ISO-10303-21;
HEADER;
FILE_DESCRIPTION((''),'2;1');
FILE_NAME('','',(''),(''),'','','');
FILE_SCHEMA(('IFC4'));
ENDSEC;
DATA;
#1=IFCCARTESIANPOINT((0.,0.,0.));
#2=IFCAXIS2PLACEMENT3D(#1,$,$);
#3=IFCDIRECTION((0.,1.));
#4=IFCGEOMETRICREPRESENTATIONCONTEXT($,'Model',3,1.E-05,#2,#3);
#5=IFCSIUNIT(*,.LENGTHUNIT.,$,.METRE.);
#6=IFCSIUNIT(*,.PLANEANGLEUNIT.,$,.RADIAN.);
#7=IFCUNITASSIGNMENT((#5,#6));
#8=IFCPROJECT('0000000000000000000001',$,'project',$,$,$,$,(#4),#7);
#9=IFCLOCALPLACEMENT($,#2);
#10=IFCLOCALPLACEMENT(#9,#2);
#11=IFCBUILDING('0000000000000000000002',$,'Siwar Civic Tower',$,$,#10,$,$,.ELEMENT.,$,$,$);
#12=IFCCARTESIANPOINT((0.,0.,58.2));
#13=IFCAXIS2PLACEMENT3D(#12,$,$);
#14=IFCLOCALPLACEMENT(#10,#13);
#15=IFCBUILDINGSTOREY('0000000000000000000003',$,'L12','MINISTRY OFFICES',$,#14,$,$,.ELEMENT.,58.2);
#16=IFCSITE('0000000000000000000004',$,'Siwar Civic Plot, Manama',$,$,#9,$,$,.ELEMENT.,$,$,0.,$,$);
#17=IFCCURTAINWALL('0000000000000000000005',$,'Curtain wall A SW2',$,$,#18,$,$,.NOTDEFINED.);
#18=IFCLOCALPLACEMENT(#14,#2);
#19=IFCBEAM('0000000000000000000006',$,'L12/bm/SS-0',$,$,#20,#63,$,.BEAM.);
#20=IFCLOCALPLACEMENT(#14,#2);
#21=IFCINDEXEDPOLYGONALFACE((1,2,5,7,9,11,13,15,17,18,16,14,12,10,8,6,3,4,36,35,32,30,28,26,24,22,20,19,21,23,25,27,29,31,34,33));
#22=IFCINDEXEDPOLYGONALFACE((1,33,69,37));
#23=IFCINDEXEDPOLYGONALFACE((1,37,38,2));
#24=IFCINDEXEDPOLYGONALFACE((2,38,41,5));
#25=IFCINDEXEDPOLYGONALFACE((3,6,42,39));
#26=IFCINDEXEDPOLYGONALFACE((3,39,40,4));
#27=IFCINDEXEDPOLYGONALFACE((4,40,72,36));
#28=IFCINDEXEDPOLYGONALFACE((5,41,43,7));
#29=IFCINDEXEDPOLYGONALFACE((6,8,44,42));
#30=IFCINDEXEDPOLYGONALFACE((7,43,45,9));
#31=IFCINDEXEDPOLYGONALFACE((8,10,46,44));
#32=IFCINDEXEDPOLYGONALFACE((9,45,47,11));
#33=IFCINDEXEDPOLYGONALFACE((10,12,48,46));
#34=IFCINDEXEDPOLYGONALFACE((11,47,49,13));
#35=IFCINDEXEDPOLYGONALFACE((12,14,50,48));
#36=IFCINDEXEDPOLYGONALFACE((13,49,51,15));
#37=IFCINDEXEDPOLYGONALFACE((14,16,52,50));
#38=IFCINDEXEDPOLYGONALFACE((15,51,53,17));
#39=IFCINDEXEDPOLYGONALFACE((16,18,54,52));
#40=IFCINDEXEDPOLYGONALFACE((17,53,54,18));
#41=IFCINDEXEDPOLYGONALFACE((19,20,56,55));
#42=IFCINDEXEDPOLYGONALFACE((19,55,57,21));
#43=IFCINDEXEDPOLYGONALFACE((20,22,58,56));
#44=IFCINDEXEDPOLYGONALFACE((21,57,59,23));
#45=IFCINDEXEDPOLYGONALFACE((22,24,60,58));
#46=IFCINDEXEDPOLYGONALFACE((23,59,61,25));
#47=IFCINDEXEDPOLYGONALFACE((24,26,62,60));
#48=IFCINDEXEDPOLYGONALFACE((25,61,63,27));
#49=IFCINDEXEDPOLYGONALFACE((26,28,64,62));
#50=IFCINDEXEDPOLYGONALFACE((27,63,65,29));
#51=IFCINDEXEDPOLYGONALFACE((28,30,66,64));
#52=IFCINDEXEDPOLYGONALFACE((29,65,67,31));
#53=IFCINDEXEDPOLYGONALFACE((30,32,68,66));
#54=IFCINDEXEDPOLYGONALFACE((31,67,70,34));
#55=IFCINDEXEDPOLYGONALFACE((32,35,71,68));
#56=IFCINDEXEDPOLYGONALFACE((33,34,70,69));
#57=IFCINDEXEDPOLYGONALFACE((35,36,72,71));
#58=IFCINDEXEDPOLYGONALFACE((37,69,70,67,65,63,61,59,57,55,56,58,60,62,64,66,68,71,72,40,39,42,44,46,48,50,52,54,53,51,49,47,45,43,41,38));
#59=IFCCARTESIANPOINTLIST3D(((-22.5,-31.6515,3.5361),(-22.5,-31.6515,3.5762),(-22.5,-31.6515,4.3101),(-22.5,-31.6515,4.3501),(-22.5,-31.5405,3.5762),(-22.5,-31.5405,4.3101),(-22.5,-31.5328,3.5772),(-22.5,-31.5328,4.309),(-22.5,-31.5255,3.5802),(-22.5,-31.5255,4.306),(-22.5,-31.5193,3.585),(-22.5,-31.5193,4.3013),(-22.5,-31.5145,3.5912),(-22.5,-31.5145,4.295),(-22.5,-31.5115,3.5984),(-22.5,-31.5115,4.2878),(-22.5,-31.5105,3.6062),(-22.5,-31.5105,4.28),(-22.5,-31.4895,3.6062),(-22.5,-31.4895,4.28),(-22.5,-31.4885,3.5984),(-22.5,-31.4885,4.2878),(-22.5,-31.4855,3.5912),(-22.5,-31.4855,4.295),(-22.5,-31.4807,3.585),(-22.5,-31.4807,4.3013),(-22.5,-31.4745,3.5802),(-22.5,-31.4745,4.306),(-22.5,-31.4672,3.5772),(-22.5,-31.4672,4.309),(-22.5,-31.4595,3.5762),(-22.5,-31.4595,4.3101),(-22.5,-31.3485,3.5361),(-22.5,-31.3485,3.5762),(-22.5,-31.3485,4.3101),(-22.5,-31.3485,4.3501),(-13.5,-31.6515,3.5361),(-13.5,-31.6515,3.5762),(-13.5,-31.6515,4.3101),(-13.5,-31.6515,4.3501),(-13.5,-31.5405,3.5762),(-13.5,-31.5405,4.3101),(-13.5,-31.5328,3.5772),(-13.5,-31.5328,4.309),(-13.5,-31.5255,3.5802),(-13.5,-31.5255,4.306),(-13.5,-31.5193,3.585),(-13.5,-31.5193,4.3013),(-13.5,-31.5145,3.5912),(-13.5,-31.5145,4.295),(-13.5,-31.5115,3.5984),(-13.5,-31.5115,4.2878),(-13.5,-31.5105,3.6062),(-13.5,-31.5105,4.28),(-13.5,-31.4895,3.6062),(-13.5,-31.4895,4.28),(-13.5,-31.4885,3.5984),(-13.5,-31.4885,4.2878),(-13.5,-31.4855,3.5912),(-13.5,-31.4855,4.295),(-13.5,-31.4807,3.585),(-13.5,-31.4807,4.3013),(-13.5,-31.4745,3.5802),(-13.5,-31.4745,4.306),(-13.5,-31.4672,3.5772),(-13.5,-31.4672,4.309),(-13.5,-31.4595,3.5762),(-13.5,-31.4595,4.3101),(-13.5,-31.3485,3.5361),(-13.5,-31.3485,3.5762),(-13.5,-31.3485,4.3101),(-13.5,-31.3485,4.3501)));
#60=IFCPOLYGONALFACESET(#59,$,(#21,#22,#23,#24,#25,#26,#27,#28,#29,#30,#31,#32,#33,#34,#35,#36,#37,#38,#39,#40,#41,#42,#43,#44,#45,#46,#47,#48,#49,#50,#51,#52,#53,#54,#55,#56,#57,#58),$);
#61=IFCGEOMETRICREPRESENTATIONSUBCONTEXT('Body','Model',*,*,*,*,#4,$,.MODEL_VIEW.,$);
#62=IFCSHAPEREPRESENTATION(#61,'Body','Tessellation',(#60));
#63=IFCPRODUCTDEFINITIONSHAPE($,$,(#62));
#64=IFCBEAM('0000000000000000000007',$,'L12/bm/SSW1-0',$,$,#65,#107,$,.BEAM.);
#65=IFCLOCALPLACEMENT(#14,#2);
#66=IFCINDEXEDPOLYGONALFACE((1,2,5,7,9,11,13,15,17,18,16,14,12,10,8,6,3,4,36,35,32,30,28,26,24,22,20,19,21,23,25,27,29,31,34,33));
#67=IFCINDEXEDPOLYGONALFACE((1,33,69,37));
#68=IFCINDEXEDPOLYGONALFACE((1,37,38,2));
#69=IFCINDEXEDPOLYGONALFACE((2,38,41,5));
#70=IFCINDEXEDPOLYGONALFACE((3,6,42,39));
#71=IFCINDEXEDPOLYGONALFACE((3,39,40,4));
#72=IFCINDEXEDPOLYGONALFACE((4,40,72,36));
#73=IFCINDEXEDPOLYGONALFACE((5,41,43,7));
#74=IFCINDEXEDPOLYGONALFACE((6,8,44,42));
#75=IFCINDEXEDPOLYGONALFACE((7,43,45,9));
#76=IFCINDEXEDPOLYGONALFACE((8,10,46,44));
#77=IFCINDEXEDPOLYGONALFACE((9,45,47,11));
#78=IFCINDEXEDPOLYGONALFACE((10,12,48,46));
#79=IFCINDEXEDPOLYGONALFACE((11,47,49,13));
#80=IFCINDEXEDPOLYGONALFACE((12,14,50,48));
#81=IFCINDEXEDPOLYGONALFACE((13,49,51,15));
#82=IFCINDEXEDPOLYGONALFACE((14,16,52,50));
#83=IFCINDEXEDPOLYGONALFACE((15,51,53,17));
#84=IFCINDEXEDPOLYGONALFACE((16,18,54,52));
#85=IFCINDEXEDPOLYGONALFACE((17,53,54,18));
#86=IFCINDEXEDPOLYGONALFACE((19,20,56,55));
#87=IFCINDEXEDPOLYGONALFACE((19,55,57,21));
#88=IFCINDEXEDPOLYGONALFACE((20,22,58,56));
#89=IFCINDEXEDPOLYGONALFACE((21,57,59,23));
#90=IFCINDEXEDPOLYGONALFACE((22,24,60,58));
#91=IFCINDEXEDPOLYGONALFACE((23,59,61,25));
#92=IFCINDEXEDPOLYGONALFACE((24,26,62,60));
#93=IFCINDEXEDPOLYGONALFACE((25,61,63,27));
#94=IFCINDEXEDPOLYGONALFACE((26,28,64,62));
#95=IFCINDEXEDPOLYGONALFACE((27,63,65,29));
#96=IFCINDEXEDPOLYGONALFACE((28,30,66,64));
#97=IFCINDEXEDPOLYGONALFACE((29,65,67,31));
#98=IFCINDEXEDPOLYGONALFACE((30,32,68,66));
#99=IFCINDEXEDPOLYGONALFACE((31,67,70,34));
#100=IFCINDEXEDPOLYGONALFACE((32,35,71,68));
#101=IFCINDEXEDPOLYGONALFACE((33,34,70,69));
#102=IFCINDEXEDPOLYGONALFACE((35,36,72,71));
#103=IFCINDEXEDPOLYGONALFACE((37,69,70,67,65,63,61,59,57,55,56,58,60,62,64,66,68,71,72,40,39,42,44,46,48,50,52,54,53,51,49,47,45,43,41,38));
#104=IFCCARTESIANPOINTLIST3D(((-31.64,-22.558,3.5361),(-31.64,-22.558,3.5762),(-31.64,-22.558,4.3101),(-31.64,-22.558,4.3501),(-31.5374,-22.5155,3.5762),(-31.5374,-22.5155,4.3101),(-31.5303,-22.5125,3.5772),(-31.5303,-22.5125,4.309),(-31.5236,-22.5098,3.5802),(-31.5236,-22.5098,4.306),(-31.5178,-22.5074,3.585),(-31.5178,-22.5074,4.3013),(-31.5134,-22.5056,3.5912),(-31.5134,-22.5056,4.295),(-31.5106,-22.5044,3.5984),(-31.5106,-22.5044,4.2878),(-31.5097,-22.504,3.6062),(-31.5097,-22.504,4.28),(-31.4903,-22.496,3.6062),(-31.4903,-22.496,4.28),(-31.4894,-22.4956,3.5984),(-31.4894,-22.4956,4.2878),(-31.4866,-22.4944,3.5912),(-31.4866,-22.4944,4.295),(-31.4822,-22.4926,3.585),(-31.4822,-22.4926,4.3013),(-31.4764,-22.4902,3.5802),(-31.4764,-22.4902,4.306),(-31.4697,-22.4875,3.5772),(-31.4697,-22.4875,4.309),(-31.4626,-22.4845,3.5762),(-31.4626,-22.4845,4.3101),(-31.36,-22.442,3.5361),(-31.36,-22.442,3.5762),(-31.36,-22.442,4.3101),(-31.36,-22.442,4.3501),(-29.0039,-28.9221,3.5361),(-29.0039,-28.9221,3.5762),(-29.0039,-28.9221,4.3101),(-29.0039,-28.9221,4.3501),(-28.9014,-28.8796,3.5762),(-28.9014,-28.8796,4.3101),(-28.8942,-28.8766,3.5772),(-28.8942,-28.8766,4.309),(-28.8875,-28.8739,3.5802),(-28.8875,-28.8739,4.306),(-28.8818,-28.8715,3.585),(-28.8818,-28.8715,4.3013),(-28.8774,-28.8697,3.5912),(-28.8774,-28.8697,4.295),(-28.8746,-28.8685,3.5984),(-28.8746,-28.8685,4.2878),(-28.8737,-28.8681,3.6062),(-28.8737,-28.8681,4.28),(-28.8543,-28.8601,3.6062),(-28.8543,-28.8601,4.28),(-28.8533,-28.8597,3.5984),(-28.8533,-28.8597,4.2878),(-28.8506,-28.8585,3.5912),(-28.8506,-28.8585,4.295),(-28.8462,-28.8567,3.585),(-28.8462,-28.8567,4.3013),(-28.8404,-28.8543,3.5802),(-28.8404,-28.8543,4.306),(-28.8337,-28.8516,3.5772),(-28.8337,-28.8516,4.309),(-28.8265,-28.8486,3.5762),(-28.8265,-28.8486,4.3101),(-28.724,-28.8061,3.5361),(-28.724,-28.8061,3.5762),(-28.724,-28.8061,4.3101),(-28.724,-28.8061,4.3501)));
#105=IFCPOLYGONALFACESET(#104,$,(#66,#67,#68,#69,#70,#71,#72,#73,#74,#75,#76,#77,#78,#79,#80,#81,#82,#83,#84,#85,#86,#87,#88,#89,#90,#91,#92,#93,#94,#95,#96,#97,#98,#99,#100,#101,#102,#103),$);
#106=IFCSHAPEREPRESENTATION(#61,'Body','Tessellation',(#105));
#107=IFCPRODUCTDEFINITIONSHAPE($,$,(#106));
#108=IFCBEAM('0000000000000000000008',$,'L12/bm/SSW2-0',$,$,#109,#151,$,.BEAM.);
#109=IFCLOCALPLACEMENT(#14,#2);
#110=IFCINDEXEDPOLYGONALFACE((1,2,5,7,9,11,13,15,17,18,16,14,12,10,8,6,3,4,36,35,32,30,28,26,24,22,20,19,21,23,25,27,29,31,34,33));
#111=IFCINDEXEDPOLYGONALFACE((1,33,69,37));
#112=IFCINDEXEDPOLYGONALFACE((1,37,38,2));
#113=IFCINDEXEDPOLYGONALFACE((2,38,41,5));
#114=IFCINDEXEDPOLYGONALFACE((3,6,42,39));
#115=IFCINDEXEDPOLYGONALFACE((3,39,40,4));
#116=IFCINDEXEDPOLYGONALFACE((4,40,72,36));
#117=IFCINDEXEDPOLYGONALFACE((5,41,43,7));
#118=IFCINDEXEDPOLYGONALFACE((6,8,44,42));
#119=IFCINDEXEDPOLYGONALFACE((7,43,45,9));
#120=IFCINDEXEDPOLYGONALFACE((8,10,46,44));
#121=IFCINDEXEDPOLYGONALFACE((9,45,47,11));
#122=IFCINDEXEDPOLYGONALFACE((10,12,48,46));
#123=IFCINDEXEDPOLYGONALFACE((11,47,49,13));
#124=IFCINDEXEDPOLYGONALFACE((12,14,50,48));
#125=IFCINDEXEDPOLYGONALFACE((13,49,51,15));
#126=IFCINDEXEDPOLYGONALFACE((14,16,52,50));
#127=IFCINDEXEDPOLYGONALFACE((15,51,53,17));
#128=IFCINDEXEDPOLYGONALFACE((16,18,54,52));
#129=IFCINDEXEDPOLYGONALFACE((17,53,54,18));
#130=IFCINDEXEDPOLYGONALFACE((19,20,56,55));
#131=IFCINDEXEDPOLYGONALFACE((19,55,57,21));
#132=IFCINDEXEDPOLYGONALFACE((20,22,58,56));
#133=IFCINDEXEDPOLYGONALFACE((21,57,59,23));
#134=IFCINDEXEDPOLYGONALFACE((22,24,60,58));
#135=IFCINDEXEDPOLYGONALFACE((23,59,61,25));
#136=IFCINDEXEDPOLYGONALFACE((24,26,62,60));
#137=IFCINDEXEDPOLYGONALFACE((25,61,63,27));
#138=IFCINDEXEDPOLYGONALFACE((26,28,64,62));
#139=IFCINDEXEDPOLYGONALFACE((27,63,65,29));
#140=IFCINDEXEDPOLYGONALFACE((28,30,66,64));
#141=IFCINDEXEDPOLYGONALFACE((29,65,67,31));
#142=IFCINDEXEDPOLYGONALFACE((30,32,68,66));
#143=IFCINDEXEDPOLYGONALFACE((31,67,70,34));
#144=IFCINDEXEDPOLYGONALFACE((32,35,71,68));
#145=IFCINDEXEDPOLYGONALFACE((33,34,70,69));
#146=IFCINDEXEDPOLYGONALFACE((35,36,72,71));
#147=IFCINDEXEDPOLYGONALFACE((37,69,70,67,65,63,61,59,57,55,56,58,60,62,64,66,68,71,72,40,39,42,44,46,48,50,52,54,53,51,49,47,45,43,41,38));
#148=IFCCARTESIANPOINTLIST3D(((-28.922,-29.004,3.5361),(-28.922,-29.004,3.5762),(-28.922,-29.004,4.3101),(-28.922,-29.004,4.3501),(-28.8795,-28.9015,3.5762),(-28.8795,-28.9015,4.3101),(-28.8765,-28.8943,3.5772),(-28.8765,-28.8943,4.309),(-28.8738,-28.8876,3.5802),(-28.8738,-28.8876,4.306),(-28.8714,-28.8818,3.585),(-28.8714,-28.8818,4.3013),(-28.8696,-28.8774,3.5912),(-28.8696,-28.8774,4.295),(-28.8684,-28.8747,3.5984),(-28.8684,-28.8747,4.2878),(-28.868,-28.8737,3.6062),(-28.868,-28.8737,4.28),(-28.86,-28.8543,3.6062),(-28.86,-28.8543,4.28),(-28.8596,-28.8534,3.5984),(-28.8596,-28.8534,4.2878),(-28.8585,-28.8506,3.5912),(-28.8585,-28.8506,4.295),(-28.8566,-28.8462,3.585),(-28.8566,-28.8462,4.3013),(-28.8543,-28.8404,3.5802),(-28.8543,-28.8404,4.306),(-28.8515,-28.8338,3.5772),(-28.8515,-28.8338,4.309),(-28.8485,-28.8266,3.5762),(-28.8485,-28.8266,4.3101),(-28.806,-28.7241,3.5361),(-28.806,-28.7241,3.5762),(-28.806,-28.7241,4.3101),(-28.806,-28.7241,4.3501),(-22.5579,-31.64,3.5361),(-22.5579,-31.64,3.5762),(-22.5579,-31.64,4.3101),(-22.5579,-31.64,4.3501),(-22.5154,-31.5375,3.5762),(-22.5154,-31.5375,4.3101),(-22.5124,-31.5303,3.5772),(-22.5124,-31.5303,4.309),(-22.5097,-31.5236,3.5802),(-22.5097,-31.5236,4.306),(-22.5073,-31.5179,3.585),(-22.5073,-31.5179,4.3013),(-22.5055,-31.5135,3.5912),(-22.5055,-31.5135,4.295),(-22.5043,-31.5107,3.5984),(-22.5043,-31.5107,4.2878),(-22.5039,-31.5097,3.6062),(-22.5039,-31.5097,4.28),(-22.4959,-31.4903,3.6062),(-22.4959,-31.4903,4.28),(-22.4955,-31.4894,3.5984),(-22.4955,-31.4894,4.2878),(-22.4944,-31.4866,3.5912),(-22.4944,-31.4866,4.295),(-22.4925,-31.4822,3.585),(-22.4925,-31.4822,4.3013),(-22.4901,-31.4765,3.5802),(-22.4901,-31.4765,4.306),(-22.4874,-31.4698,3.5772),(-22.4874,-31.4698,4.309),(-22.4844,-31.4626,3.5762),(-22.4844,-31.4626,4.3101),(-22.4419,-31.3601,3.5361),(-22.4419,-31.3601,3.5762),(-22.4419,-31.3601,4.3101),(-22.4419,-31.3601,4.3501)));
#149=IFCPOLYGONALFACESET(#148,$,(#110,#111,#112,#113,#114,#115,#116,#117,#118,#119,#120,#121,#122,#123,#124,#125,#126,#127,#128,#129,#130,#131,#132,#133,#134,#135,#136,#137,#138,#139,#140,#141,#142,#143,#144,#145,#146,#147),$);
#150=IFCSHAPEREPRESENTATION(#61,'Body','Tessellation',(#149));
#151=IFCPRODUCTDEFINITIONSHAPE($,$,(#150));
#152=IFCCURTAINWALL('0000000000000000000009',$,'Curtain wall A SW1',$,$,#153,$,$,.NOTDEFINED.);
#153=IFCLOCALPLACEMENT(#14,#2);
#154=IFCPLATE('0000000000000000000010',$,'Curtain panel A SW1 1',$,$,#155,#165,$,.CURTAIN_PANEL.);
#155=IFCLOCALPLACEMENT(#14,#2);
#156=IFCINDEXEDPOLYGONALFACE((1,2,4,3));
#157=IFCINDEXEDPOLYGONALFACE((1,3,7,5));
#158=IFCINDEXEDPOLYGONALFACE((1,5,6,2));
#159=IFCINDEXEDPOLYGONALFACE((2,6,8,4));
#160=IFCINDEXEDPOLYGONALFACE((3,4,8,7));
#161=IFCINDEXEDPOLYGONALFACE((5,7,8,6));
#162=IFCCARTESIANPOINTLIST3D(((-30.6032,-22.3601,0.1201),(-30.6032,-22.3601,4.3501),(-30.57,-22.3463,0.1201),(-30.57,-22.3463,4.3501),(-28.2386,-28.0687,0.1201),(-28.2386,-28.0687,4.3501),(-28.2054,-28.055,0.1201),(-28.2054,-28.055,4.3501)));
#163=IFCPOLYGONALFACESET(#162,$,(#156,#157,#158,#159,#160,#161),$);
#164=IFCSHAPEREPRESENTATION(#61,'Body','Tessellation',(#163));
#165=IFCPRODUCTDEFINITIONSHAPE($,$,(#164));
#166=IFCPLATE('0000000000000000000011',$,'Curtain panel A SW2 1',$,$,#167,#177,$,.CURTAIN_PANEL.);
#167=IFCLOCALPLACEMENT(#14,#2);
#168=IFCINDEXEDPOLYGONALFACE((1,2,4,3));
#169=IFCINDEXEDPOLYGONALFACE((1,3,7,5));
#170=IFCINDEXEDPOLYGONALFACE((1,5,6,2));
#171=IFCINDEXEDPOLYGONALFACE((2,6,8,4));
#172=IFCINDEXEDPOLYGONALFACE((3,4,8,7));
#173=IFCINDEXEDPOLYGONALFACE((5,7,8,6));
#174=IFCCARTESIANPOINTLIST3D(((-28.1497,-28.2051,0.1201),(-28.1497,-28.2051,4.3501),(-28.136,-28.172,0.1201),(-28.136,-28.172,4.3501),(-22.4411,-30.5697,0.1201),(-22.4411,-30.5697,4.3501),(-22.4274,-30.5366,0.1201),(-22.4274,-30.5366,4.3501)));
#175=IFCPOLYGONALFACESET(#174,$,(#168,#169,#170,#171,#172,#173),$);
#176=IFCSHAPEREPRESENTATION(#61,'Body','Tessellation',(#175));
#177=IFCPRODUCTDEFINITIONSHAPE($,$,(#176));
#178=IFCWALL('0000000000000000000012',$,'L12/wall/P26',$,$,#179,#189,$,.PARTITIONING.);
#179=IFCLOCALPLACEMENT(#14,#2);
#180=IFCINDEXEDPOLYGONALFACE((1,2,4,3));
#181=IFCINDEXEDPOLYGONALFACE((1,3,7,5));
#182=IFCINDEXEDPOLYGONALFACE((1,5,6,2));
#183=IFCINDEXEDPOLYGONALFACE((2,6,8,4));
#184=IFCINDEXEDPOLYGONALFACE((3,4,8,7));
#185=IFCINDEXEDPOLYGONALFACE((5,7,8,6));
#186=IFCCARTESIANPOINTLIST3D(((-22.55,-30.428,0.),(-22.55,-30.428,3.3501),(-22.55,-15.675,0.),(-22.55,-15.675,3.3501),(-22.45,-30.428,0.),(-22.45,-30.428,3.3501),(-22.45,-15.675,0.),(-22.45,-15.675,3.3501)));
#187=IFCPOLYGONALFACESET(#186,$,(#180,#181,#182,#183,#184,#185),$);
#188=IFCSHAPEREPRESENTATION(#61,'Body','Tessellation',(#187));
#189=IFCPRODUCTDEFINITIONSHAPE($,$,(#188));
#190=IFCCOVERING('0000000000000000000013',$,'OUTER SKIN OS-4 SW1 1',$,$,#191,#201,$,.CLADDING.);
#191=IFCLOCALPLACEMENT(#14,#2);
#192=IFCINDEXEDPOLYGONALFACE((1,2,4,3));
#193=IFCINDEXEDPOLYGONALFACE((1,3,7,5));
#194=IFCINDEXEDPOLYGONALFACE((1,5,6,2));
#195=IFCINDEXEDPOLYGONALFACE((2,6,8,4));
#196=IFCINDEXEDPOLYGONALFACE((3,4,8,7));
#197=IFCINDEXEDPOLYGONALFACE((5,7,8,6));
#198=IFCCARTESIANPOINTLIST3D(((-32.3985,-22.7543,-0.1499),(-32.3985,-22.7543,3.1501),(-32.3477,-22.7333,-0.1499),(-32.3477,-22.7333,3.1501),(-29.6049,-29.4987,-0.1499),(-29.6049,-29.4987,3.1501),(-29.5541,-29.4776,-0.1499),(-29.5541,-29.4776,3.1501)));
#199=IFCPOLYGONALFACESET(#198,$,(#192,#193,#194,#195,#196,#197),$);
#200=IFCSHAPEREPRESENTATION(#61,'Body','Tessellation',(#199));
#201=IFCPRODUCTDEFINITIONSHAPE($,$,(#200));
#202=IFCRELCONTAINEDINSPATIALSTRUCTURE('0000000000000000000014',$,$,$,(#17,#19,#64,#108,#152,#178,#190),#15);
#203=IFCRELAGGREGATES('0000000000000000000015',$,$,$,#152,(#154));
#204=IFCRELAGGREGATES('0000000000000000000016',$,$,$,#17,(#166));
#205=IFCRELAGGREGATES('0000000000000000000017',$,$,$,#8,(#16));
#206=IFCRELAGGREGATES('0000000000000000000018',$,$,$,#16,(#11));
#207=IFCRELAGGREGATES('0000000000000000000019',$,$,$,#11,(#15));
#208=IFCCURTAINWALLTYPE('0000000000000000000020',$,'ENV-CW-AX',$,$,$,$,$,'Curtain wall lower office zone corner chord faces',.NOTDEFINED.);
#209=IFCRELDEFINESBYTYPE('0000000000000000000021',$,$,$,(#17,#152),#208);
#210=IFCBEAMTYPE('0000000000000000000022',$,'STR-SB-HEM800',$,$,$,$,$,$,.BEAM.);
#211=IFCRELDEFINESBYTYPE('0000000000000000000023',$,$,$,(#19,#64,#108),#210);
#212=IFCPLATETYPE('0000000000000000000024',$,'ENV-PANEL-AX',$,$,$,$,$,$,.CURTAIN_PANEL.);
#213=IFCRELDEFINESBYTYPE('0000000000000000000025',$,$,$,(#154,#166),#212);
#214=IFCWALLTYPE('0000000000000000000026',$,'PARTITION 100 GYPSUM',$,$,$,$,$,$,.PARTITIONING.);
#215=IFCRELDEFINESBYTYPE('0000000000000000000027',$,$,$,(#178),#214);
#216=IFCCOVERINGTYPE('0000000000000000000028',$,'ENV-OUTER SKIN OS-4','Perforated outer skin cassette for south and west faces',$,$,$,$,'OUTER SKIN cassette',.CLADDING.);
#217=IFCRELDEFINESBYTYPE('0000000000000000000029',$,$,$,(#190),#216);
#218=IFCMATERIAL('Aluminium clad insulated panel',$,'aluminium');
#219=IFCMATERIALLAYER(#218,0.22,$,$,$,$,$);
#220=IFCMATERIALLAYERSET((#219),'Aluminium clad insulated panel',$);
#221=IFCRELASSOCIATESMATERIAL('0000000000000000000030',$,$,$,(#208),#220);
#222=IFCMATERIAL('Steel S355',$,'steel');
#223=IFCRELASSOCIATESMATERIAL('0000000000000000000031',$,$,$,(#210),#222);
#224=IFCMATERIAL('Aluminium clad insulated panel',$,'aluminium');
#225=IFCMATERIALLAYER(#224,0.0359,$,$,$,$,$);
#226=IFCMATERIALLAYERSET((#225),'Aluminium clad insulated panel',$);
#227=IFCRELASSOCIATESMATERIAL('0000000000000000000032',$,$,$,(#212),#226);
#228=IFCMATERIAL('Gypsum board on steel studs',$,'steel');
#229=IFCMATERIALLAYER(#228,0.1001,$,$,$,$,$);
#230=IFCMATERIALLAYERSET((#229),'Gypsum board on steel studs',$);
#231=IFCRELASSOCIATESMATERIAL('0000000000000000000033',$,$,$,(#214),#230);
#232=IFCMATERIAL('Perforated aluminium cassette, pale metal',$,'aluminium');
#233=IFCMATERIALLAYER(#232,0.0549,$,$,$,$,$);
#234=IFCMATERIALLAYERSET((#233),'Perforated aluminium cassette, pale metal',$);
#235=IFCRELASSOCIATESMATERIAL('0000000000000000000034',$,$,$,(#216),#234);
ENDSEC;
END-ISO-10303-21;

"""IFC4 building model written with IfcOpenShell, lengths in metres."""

from ifc_helpers import new_model, si_unit, direction, frame, frame_2d, origin, origin_2d, place, context, subcontext, project, spatial, rectangle, i_section, extrude, material, layer, layer_set, material_profile, profile_set, type_object, element, aggregate, save


model = new_model("IFC4")

# Units and contexts
model_context = context("Model", 3, precision=1e-05, world=origin(), true_north=direction((0.0, 1.0)))
body_context = subcontext(model_context, "Body", "Model", "MODEL_VIEW")
ifc_project = project(units=[si_unit("LENGTHUNIT", "METRE"), si_unit("PLANEANGLEUNIT", "RADIAN")], contexts=[model_context])

# Site, building, storey
site_placement = place(None, origin())
site = spatial("IfcSite", under=ifc_project, at=site_placement, Name="Siwar Civic Plot, Manama", CompositionType="ELEMENT", RefElevation=0.0)
building_placement = place(site_placement, origin())
building = spatial("IfcBuilding", under=site, at=building_placement, Name="Siwar Civic Tower", CompositionType="ELEMENT")
storey_placement = place(building_placement, frame((0.0, 0.0, 58.2)))
storey = spatial("IfcBuildingStorey", under=building, at=storey_placement, Name="L12", Description="MINISTRY OFFICES", CompositionType="ELEMENT", Elevation=58.2)

# Curtain wall
ifc_material_1 = material(Name="Aluminium clad insulated panel", Category="aluminium")
ifc_layer_1 = layer(ifc_material_1, 0.22)
ifc_layer_set_1 = layer_set([ifc_layer_1], Name="Aluminium clad insulated panel")
curtain_wall_type_1 = type_object("IfcCurtainWallType", Name="ENV-CW-AX", ElementType="Curtain wall lower office zone corner chord faces", PredefinedType="NOTDEFINED", material=ifc_layer_set_1)
curtain_wall_1_placement = place(storey_placement, origin())
curtain_wall_1 = element("IfcCurtainWall", 1, at=curtain_wall_1_placement, inside=storey, type_object=curtain_wall_type_1, Name="Curtain wall A SW2", PredefinedType="NOTDEFINED")

# Beams
ifc_material_2 = material(Name="Steel S355", Category="steel")
ifc_material_profile_1 = material_profile(ifc_material_2, i_section(OverallWidth=0.303, OverallDepth=0.814, WebThickness=0.021, FlangeThickness=0.04, FilletRadius=0.03, at=origin_2d()), Name="HEM800")
ifc_profile_set_1 = profile_set([ifc_material_profile_1], Name="Steel S355")
beam_type_1 = type_object("IfcBeamType", Name="STR-SB-HEM800", PredefinedType="BEAM", material=ifc_profile_set_1)
beam_1_placement = place(storey_placement, frame((-22.5, -31.5, 3.9431), z_axis=(1.0, 0.0, 0.0), x_axis=(0.0, 1.0, 0.0)))
element("IfcBeam", 2, at=beam_1_placement, inside=storey, type_object=beam_type_1, Name="L12/bm/SS-0", PredefinedType="BEAM", context=body_context, shape_type="SweptSolid", body=[
    extrude(i_section(OverallWidth=0.303, OverallDepth=0.814, WebThickness=0.021, FlangeThickness=0.04, FilletRadius=0.03, at=origin_2d()), origin(), (0.0, 0.0, 1.0), 9.0),
])
for number, where, z_axis, x_axis, name in (
    (3, (-31.5, -22.5, 3.9431), (0.382674, -0.923883, 0.0), (0.923883, 0.382674, 0.0), "L12/bm/SSW1-0"),
    (4, (-28.864, -28.864, 3.9431), (0.923883, -0.382674, 0.0), (0.382674, 0.923883, 0.0), "L12/bm/SSW2-0"),
):
    element("IfcBeam", number, at=place(storey_placement, frame(where, z_axis=z_axis, x_axis=x_axis)), inside=storey, type_object=beam_type_1, Name=name, PredefinedType="BEAM", context=body_context, shape_type="SweptSolid", body=[
        extrude(i_section(OverallWidth=0.303, OverallDepth=0.814, WebThickness=0.021, FlangeThickness=0.04, FilletRadius=0.03, at=origin_2d()), origin(), (0.0, 0.0, 1.0), 6.8884),
    ])

# Curtain wall, plate
curtain_wall_2_placement = place(storey_placement, origin())
curtain_wall_2 = element("IfcCurtainWall", 5, at=curtain_wall_2_placement, inside=storey, type_object=curtain_wall_type_1, Name="Curtain wall A SW1", PredefinedType="NOTDEFINED")
ifc_material_3 = material(Name="Aluminium clad insulated panel", Category="aluminium")
ifc_layer_2 = layer(ifc_material_3, 0.0359)
ifc_layer_set_2 = layer_set([ifc_layer_2], Name="Aluminium clad insulated panel")
plate_type = type_object("IfcPlateType", Name="ENV-PANEL-AX", PredefinedType="CURTAIN_PANEL", material=ifc_layer_set_2)
plate_1_placement = place(storey_placement, frame((-29.4043, -25.2075, 0.1201), z_axis=(0.0, 0.0, 1.0), x_axis=(0.382683, -0.92388, 0.0)))
plate_1 = element("IfcPlate", 6, at=plate_1_placement, type_object=plate_type, Name="Curtain panel A SW1 1", PredefinedType="CURTAIN_PANEL", context=body_context, shape_type="SweptSolid", body=[
    extrude(rectangle(XDim=6.179, YDim=0.0359, at=origin_2d()), origin(), (0.0, 0.0, 1.0), 4.23),
])
aggregate(curtain_wall_2, [plate_1])

# Plate
plate_2_placement = place(storey_placement, frame((-25.2886, -29.3708, 0.1201), z_axis=(0.0, 0.0, 1.0), x_axis=(0.92388, -0.382683, 0.0)))
plate_2 = element("IfcPlate", 7, at=plate_2_placement, type_object=plate_type, Name="Curtain panel A SW2 1", PredefinedType="CURTAIN_PANEL", context=body_context, shape_type="SweptSolid", body=[
    extrude(rectangle(XDim=6.179, YDim=0.0359, at=origin_2d()), origin(), (0.0, 0.0, 1.0), 4.23),
])
aggregate(curtain_wall_1, [plate_2])

# Wall
ifc_material_4 = material(Name="Gypsum board on steel studs", Category="steel")
ifc_layer_3 = layer(ifc_material_4, 0.1001)
ifc_layer_set_3 = layer_set([ifc_layer_3], Name="Gypsum board on steel studs")
wall_type = type_object("IfcWallType", Name="PARTITION 100 GYPSUM", PredefinedType="PARTITIONING", material=ifc_layer_set_3)
wall_placement = place(storey_placement, frame((-22.5, -30.428, 0.0), z_axis=(0.0, 0.0, 1.0), x_axis=(0.0, 1.0, 0.0)))
element("IfcWall", 8, at=wall_placement, inside=storey, type_object=wall_type, Name="L12/wall/P26", PredefinedType="PARTITIONING", context=body_context, shape_type="SweptSolid", body=[
    extrude(rectangle(XDim=14.7529, YDim=0.1001, at=frame_2d((7.3765, 0.0))), origin(), (0.0, 0.0, 1.0), 3.3501),
])

# Covering
ifc_material_5 = material(Name="Perforated aluminium cassette, pale metal", Category="aluminium")
ifc_layer_4 = layer(ifc_material_5, 0.0549)
ifc_layer_set_4 = layer_set([ifc_layer_4], Name="Perforated aluminium cassette, pale metal")
covering_type = type_object("IfcCoveringType", Name="ENV-OUTER SKIN OS-4", Description="Perforated outer skin cassette for south and west faces", ElementType="OUTER SKIN cassette", PredefinedType="CLADDING", material=ifc_layer_set_4)
for number, where, z_axis, x_axis, name in (
    (9, (-30.9763, -26.116, -0.1499), (0.0, 0.0, 1.0), (0.382683, -0.92388, 0.0), "OUTER SKIN OS-4 SW1 1"),
):
    element("IfcCovering", number, at=place(storey_placement, frame(where, z_axis=z_axis, x_axis=x_axis)), inside=storey, type_object=covering_type, Name=name, PredefinedType="CLADDING", context=body_context, shape_type="SweptSolid", body=[
        extrude(rectangle(XDim=7.3, YDim=0.0549, at=origin_2d()), origin(), (0.0, 0.0, 1.0), 3.3),
    ])

save(model, "model.ifc")
